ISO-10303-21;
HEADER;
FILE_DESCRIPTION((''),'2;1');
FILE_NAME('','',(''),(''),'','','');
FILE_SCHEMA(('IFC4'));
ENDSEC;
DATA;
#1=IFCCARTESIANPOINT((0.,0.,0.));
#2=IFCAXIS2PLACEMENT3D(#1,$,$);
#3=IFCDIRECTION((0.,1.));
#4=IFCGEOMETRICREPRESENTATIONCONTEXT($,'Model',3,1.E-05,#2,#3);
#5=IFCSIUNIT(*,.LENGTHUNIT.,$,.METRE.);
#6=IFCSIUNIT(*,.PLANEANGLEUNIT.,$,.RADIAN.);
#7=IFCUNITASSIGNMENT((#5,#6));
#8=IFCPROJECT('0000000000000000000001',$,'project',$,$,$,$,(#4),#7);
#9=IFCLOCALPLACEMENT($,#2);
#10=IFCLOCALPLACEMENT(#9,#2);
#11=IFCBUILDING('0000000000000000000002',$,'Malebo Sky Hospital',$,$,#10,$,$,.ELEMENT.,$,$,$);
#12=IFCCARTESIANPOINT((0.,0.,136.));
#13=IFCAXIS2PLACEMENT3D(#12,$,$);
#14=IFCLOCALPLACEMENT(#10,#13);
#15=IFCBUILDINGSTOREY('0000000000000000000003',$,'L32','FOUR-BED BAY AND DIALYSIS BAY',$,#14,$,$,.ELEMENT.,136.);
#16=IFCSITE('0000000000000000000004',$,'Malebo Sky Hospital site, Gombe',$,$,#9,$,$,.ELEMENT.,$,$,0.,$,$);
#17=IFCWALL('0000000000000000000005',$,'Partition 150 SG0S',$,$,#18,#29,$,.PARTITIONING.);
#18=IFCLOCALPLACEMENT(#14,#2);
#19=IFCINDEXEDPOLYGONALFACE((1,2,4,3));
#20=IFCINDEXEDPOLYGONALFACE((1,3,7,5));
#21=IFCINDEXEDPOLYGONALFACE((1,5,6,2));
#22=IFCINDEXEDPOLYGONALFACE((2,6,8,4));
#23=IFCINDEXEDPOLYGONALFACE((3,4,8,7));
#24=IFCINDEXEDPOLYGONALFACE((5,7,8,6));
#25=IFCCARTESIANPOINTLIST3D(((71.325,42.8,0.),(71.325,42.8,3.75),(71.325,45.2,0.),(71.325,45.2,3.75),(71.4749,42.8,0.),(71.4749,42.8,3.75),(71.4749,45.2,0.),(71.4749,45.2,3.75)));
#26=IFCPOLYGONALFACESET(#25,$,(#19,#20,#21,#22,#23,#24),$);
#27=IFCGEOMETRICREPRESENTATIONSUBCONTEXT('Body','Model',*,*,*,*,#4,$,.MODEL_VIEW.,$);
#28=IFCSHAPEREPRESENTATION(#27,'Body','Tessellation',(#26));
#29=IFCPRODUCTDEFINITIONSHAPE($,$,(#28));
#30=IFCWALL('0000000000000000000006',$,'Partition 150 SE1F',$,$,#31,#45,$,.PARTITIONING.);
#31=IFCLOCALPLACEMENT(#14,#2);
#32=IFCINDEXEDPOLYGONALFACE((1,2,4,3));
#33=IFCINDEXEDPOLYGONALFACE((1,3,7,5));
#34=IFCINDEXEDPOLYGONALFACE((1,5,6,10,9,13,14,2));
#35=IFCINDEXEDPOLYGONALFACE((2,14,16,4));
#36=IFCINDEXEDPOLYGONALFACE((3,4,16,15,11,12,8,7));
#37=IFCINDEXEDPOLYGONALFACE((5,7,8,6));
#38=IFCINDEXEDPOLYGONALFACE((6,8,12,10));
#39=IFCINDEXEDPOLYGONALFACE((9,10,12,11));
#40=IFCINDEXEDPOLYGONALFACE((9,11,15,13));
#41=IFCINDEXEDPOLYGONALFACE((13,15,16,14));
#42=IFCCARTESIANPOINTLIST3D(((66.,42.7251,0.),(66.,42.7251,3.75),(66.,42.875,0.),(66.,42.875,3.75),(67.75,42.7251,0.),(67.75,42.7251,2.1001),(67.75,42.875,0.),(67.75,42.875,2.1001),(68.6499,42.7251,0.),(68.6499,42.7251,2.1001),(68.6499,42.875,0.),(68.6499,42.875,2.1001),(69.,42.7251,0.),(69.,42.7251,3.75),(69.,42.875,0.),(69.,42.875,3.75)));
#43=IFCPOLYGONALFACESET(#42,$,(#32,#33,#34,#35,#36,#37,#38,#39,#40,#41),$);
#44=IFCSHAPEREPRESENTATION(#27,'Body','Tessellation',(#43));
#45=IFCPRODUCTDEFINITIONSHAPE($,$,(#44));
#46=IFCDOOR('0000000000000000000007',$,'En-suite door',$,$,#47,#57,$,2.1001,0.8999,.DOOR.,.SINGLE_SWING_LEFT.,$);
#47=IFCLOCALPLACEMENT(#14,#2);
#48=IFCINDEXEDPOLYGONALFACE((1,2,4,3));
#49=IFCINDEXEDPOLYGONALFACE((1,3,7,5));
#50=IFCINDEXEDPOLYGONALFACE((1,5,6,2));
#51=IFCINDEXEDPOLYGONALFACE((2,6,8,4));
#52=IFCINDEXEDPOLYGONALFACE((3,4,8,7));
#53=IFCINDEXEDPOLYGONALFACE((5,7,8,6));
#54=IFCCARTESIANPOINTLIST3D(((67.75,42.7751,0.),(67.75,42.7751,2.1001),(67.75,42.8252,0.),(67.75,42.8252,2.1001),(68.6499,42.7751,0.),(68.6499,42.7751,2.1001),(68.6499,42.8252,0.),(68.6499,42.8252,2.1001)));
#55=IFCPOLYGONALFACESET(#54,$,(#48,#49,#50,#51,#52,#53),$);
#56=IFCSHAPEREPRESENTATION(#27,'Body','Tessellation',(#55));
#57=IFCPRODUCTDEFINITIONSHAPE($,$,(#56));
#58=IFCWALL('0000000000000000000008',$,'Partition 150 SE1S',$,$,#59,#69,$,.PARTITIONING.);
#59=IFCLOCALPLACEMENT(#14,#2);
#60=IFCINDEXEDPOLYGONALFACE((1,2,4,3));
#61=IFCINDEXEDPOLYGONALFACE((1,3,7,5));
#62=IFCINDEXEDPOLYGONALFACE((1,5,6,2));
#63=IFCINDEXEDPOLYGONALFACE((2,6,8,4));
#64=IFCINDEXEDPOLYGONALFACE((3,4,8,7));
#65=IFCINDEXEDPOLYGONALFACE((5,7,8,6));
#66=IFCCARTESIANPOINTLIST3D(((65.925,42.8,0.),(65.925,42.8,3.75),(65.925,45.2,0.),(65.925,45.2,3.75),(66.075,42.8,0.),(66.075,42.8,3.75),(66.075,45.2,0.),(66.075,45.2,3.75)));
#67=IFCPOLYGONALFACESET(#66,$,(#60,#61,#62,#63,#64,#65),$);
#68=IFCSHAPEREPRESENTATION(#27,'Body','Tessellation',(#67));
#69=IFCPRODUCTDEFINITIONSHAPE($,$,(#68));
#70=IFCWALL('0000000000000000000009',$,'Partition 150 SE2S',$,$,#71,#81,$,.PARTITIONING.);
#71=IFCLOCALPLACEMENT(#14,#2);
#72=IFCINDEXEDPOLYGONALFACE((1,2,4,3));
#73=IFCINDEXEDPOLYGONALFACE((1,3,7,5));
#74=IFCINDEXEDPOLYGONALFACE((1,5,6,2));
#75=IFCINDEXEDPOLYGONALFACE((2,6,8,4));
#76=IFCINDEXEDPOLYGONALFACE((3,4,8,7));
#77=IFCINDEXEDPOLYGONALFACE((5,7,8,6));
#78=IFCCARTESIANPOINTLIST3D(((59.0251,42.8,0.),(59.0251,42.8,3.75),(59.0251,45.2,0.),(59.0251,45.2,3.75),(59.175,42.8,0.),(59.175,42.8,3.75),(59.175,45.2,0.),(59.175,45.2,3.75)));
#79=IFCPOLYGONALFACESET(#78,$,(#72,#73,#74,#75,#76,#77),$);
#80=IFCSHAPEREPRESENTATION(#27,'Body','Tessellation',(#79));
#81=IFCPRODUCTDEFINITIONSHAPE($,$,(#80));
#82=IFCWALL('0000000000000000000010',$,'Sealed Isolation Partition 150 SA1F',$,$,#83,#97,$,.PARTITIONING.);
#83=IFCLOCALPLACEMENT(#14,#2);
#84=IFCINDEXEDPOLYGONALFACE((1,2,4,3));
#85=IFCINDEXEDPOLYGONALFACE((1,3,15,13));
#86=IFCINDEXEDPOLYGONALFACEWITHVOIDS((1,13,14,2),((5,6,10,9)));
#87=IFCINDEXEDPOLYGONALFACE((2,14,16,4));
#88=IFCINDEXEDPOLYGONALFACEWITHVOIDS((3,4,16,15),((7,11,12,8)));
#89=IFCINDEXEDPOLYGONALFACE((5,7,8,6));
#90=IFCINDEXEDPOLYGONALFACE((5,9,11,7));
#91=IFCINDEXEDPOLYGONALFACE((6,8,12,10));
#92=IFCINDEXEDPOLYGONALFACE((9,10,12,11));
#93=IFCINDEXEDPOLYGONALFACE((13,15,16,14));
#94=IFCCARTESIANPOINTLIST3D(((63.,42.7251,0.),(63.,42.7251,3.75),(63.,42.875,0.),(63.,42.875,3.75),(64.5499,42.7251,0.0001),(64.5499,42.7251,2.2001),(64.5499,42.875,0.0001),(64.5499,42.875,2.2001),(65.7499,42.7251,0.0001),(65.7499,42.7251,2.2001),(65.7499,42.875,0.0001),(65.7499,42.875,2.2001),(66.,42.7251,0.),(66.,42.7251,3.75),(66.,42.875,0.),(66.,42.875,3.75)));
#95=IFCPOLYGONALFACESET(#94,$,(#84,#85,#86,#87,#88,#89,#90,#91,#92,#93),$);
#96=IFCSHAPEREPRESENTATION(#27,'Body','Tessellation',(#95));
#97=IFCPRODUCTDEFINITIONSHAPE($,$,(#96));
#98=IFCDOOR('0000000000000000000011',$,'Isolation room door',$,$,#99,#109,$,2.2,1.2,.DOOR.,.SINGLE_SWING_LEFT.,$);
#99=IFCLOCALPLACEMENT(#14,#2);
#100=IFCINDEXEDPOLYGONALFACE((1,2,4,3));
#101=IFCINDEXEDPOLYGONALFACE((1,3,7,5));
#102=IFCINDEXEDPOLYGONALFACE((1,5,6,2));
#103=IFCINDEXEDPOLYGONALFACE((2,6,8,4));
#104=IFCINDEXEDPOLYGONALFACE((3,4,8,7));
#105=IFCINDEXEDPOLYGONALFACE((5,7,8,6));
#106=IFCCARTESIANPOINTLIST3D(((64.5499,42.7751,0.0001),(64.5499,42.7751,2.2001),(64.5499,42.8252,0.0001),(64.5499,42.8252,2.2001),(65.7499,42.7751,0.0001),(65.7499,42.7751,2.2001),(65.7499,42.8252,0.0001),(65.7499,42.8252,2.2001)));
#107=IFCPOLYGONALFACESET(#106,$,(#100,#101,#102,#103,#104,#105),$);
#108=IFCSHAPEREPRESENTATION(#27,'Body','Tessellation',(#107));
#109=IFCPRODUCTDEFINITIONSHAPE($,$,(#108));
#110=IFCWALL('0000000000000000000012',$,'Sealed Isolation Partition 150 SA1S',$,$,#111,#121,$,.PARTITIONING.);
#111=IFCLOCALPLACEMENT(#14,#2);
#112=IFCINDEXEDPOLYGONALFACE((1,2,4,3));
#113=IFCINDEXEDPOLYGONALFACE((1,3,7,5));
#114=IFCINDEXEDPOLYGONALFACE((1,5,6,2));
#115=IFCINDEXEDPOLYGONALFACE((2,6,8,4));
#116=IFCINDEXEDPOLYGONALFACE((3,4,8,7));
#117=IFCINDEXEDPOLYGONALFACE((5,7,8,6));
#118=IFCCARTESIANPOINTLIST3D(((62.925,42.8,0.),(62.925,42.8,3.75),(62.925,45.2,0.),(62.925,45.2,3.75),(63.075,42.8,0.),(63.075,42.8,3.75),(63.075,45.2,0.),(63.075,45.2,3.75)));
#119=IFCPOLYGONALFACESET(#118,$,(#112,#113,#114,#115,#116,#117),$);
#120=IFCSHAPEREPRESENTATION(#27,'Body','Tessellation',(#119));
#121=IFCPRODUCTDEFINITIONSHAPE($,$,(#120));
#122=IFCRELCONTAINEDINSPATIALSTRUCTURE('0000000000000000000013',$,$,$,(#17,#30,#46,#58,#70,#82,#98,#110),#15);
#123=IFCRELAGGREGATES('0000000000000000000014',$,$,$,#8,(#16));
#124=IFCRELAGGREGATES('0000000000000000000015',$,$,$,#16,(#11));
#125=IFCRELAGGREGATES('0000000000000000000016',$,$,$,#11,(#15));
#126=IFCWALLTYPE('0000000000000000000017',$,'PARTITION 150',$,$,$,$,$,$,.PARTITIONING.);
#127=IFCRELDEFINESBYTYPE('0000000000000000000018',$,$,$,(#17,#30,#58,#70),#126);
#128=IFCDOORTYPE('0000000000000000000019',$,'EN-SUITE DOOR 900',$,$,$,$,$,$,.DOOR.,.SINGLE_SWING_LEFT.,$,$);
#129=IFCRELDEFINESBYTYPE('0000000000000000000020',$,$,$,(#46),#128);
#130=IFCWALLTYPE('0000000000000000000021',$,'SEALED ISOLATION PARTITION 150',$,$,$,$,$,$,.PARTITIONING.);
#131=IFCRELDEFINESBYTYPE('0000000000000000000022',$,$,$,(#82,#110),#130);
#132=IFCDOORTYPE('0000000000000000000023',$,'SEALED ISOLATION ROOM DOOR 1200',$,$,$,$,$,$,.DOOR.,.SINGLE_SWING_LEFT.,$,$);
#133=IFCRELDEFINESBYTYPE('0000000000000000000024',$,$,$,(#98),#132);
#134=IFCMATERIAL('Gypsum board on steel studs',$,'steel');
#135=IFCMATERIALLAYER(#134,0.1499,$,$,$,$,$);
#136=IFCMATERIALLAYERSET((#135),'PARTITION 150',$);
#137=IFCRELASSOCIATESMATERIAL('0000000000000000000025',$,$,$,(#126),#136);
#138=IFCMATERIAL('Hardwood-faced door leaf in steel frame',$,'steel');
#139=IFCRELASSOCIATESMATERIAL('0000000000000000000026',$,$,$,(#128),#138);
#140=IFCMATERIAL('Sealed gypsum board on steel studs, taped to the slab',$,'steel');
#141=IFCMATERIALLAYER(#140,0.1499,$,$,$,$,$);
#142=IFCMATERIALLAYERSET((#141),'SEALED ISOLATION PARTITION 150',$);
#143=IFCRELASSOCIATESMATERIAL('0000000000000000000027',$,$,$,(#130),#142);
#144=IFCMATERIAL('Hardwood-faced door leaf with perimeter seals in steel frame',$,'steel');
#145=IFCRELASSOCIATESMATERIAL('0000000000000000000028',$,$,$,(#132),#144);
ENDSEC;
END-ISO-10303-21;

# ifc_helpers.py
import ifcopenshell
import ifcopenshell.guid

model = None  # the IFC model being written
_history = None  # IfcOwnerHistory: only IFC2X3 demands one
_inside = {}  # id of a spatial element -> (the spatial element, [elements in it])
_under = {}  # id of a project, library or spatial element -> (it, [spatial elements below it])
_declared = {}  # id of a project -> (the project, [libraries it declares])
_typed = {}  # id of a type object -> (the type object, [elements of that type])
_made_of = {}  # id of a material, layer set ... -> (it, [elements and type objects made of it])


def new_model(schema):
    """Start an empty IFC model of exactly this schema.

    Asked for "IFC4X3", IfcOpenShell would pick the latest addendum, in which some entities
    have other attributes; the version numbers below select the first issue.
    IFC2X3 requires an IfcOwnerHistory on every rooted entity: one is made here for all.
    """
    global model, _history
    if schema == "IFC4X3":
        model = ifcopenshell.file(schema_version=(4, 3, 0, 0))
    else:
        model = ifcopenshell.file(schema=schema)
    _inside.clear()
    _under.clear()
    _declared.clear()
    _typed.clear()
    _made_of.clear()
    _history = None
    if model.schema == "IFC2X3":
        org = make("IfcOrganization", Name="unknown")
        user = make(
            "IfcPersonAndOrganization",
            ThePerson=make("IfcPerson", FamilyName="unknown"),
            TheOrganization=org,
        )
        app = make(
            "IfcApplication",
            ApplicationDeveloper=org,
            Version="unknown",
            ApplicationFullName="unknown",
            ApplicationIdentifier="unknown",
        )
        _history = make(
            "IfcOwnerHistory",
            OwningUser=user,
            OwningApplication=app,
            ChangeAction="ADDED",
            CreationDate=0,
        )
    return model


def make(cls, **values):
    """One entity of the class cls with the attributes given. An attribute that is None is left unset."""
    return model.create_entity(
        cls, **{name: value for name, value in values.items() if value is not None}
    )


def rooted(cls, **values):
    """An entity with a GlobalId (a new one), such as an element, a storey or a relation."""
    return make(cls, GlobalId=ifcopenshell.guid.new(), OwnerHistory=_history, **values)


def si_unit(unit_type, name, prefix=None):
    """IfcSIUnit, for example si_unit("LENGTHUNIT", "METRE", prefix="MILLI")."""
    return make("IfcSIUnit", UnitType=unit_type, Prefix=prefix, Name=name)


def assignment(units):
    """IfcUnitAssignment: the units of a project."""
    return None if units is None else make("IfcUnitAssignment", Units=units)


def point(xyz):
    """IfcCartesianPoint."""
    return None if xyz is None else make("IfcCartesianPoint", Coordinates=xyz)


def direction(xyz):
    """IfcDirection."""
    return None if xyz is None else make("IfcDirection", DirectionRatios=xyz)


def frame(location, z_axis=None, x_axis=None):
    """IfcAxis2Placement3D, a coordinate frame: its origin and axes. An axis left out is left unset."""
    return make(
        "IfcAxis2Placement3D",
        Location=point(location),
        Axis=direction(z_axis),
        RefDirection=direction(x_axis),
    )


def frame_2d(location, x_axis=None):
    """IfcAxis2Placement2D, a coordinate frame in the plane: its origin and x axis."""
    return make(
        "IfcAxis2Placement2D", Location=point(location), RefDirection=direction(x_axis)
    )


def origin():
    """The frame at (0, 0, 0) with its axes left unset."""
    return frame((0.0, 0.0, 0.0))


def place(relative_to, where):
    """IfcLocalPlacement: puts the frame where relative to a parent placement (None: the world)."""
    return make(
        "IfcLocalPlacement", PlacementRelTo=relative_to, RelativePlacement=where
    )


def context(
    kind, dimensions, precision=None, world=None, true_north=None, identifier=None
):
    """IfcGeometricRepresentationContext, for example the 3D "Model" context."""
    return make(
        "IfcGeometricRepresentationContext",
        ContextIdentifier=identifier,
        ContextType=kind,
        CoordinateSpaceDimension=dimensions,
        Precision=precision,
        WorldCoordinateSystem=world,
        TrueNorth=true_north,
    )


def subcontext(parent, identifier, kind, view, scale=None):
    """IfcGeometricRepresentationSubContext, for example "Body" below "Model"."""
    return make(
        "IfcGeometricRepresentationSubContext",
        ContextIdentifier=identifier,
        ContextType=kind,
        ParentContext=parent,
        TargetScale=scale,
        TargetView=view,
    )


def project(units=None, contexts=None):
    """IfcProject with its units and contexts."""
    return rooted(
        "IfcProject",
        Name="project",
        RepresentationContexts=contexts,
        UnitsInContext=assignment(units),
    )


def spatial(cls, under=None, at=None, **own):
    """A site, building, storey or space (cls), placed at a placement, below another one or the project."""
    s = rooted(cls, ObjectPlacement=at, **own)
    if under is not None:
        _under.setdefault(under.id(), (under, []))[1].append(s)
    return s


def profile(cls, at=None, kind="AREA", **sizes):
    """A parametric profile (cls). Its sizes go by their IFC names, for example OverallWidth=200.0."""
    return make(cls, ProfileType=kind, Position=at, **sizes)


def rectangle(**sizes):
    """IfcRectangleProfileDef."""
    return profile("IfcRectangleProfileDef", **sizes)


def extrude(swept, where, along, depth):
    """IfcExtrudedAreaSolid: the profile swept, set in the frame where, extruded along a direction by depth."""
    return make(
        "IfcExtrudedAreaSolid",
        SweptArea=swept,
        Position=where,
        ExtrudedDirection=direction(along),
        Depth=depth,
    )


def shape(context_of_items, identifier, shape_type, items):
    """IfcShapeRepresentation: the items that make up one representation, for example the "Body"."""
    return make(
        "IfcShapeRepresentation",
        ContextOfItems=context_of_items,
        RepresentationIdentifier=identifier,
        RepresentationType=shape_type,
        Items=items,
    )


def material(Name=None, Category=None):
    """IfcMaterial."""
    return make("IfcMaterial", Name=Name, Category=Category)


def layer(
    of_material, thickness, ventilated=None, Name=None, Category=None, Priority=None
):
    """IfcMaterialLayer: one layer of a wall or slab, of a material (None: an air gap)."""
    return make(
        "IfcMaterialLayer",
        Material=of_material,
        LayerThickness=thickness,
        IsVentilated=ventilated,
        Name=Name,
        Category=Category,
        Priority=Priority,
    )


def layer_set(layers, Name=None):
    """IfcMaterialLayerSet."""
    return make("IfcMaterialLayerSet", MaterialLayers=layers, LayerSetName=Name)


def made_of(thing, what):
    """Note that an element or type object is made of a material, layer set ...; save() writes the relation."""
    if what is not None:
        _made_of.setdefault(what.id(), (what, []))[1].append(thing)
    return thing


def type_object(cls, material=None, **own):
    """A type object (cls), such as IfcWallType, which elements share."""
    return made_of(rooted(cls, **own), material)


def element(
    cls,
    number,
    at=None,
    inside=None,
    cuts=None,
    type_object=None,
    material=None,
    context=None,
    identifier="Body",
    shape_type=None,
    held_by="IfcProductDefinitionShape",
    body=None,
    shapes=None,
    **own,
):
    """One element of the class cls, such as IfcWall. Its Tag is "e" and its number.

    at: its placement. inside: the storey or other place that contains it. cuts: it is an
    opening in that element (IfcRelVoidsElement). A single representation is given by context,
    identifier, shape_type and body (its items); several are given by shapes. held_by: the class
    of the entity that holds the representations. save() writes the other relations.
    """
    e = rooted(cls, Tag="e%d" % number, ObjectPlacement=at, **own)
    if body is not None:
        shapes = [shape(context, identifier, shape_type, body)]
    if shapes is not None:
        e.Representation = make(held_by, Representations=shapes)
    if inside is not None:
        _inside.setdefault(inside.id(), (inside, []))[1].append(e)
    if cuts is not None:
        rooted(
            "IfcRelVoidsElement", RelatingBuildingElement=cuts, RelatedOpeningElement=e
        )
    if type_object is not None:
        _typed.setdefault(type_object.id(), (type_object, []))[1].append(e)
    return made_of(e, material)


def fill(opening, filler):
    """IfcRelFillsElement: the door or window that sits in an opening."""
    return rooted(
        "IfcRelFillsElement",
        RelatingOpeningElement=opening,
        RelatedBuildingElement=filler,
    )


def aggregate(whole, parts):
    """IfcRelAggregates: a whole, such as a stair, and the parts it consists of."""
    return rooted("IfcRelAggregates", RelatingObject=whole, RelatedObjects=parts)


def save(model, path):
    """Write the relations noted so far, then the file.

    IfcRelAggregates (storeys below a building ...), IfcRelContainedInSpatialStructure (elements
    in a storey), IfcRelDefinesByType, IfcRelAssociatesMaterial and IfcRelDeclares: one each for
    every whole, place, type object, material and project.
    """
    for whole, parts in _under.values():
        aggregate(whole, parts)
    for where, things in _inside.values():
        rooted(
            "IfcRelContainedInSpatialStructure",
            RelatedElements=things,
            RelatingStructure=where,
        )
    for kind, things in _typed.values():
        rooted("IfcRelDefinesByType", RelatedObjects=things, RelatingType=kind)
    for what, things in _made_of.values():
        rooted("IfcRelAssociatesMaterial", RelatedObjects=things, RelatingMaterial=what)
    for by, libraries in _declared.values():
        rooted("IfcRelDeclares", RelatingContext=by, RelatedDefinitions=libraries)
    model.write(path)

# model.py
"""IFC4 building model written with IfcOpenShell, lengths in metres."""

from ifc_helpers import new_model, si_unit, direction, frame, frame_2d, origin, place, context, subcontext, project, spatial, rectangle, extrude, material, layer, layer_set, type_object, element, fill, save


model = new_model("IFC4")

# Units and contexts
model_context = context("Model", 3, precision=1e-05, world=origin(), true_north=direction((0.0, 1.0)))
body_context = subcontext(model_context, "Body", "Model", "MODEL_VIEW")
ifc_project = project(units=[si_unit("LENGTHUNIT", "METRE"), si_unit("PLANEANGLEUNIT", "RADIAN")], contexts=[model_context])

# Site, building, storey
site_placement = place(None, origin())
site = spatial("IfcSite", under=ifc_project, at=site_placement, Name="Malebo Sky Hospital site, Gombe", CompositionType="ELEMENT", RefElevation=0.0)
building_placement = place(site_placement, origin())
building = spatial("IfcBuilding", under=site, at=building_placement, Name="Malebo Sky Hospital", CompositionType="ELEMENT")
storey_placement = place(building_placement, frame((0.0, 0.0, 136.0)))
storey = spatial("IfcBuildingStorey", under=building, at=storey_placement, Name="L32", Description="FOUR-BED BAY AND DIALYSIS BAY", CompositionType="ELEMENT", Elevation=136.0)

# Shared definitions
ifc_material_1 = material(Name="Gypsum board on steel studs", Category="steel")
ifc_layer_1 = layer(ifc_material_1, 0.1499)
ifc_layer_set_1 = layer_set([ifc_layer_1], Name="PARTITION 150")
wall_type_1 = type_object("IfcWallType", Name="PARTITION 150", PredefinedType="PARTITIONING", material=ifc_layer_set_1)

# Shared definitions
ifc_material_2 = material(Name="Hardwood-faced door leaf in steel frame", Category="steel")
door_type_1 = type_object("IfcDoorType", Name="EN-SUITE DOOR 900", OperationType="SINGLE_SWING_LEFT", PredefinedType="DOOR", material=ifc_material_2)

# Wall
wall_1_placement = place(storey_placement, frame((71.3999, 45.2, 0.0), z_axis=(0.0, 0.0, 1.0), x_axis=(0.0, -1.0, 0.0)))
element("IfcWall", 1, at=wall_1_placement, inside=storey, type_object=wall_type_1, Name="Partition 150 SG0S", PredefinedType="PARTITIONING", context=body_context, shape_type="SweptSolid", body=[
    extrude(rectangle(XDim=2.3999, YDim=0.1499, at=frame_2d((1.2, 0.0))), origin(), (0.0, 0.0, 1.0), 3.75),
])

# Wall, opening, door
wall_2_placement = place(storey_placement, frame((69.0, 42.8, 0.0), z_axis=(0.0, 0.0, 1.0), x_axis=(-1.0, 0.0, 0.0)))
wall_2 = element("IfcWall", 2, at=wall_2_placement, inside=storey, type_object=wall_type_1, Name="Partition 150 SE1F", PredefinedType="PARTITIONING", context=body_context, shape_type="SweptSolid", body=[
    extrude(rectangle(XDim=3.0, YDim=0.1499, at=frame_2d((1.5, 0.0))), origin(), (0.0, 0.0, 1.0), 3.75),
])
opening_1_placement = place(wall_2_placement, frame((0.3501, 0.0, 0.0)))
opening_1 = element("IfcOpeningElement", 3, at=opening_1_placement, cuts=wall_2, PredefinedType="OPENING", context=body_context, shape_type="SweptSolid", body=[
    extrude(rectangle(XDim=0.8999, YDim=2.1001, at=frame_2d((0.45, 1.05))), frame((0.0, 0.085, 0.0), z_axis=(0.0, -1.0, 0.0), x_axis=(1.0, 0.0, 0.0)), (0.0, 0.0, 1.0), 0.1699),
])
door_1_placement = place(opening_1_placement, origin())
door_1 = element("IfcDoor", 4, at=door_1_placement, inside=storey, type_object=door_type_1, Name="En-suite door", OperationType="SINGLE_SWING_LEFT", OverallHeight=2.1001, OverallWidth=0.8999, PredefinedType="DOOR", context=body_context, shape_type="SweptSolid", body=[
    extrude(rectangle(XDim=0.8999, YDim=2.1001, at=frame_2d((0.45, 1.05))), frame((0.0, 0.0249, 0.0), z_axis=(0.0, -1.0, 0.0), x_axis=(1.0, 0.0, 0.0)), (0.0, 0.0, 1.0), 0.05),
])
fill(opening_1, door_1)

# Walls
for number, where, z_axis, x_axis, name in (
    (5, (66.0, 45.2, 0.0), (0.0, 0.0, 1.0), (0.0, -1.0, 0.0), "Partition 150 SE1S"),
    (6, (59.1001, 45.2, 0.0), (0.0, 0.0, 1.0), (0.0, -1.0, 0.0), "Partition 150 SE2S"),
):
    element("IfcWall", number, at=place(storey_placement, frame(where, z_axis=z_axis, x_axis=x_axis)), inside=storey, type_object=wall_type_1, Name=name, PredefinedType="PARTITIONING", context=body_context, shape_type="SweptSolid", body=[
        extrude(rectangle(XDim=2.3999, YDim=0.1499, at=frame_2d((1.2, 0.0))), origin(), (0.0, 0.0, 1.0), 3.75),
    ])

# Wall, opening, door
ifc_material_3 = material(Name="Sealed gypsum board on steel studs, taped to the slab", Category="steel")
ifc_layer_2 = layer(ifc_material_3, 0.1499)
ifc_layer_set_2 = layer_set([ifc_layer_2], Name="SEALED ISOLATION PARTITION 150")
wall_type_2 = type_object("IfcWallType", Name="SEALED ISOLATION PARTITION 150", PredefinedType="PARTITIONING", material=ifc_layer_set_2)
wall_3_placement = place(storey_placement, frame((66.0, 42.8, 0.0), z_axis=(0.0, 0.0, 1.0), x_axis=(-1.0, 0.0, 0.0)))
wall_3 = element("IfcWall", 7, at=wall_3_placement, inside=storey, type_object=wall_type_2, Name="Sealed Isolation Partition 150 SA1F", PredefinedType="PARTITIONING", context=body_context, shape_type="SweptSolid", body=[
    extrude(rectangle(XDim=3.0, YDim=0.1499, at=frame_2d((1.5, 0.0))), origin(), (0.0, 0.0, 1.0), 3.75),
])
opening_2_placement = place(wall_3_placement, frame((0.25, 0.0, 0.0)))
opening_2 = element("IfcOpeningElement", 8, at=opening_2_placement, cuts=wall_3, PredefinedType="OPENING", context=body_context, shape_type="SweptSolid", body=[
    extrude(rectangle(XDim=1.2, YDim=2.2, at=frame_2d((0.6001, 1.1001))), frame((0.0, 0.085, 0.0), z_axis=(0.0, -1.0, 0.0), x_axis=(1.0, 0.0, 0.0)), (0.0, 0.0, 1.0), 0.1699),
])
ifc_material_4 = material(Name="Hardwood-faced door leaf with perimeter seals in steel frame", Category="steel")
door_type_2 = type_object("IfcDoorType", Name="SEALED ISOLATION ROOM DOOR 1200", OperationType="SINGLE_SWING_LEFT", PredefinedType="DOOR", material=ifc_material_4)
door_2_placement = place(opening_2_placement, origin())
door_2 = element("IfcDoor", 9, at=door_2_placement, inside=storey, type_object=door_type_2, Name="Isolation room door", OperationType="SINGLE_SWING_LEFT", OverallHeight=2.2, OverallWidth=1.2, PredefinedType="DOOR", context=body_context, shape_type="SweptSolid", body=[
    extrude(rectangle(XDim=1.2, YDim=2.2, at=frame_2d((0.6001, 1.1001))), frame((0.0, 0.0249, 0.0), z_axis=(0.0, -1.0, 0.0), x_axis=(1.0, 0.0, 0.0)), (0.0, 0.0, 1.0), 0.05),
])
fill(opening_2, door_2)

# Wall
wall_4_placement = place(storey_placement, frame((63.0, 45.2, 0.0), z_axis=(0.0, 0.0, 1.0), x_axis=(0.0, -1.0, 0.0)))
element("IfcWall", 10, at=wall_4_placement, inside=storey, type_object=wall_type_2, Name="Sealed Isolation Partition 150 SA1S", PredefinedType="PARTITIONING", context=body_context, shape_type="SweptSolid", body=[
    extrude(rectangle(XDim=2.3999, YDim=0.1499, at=frame_2d((1.2, 0.0))), origin(), (0.0, 0.0, 1.0), 3.75),
])

save(model, "model.ifc")
